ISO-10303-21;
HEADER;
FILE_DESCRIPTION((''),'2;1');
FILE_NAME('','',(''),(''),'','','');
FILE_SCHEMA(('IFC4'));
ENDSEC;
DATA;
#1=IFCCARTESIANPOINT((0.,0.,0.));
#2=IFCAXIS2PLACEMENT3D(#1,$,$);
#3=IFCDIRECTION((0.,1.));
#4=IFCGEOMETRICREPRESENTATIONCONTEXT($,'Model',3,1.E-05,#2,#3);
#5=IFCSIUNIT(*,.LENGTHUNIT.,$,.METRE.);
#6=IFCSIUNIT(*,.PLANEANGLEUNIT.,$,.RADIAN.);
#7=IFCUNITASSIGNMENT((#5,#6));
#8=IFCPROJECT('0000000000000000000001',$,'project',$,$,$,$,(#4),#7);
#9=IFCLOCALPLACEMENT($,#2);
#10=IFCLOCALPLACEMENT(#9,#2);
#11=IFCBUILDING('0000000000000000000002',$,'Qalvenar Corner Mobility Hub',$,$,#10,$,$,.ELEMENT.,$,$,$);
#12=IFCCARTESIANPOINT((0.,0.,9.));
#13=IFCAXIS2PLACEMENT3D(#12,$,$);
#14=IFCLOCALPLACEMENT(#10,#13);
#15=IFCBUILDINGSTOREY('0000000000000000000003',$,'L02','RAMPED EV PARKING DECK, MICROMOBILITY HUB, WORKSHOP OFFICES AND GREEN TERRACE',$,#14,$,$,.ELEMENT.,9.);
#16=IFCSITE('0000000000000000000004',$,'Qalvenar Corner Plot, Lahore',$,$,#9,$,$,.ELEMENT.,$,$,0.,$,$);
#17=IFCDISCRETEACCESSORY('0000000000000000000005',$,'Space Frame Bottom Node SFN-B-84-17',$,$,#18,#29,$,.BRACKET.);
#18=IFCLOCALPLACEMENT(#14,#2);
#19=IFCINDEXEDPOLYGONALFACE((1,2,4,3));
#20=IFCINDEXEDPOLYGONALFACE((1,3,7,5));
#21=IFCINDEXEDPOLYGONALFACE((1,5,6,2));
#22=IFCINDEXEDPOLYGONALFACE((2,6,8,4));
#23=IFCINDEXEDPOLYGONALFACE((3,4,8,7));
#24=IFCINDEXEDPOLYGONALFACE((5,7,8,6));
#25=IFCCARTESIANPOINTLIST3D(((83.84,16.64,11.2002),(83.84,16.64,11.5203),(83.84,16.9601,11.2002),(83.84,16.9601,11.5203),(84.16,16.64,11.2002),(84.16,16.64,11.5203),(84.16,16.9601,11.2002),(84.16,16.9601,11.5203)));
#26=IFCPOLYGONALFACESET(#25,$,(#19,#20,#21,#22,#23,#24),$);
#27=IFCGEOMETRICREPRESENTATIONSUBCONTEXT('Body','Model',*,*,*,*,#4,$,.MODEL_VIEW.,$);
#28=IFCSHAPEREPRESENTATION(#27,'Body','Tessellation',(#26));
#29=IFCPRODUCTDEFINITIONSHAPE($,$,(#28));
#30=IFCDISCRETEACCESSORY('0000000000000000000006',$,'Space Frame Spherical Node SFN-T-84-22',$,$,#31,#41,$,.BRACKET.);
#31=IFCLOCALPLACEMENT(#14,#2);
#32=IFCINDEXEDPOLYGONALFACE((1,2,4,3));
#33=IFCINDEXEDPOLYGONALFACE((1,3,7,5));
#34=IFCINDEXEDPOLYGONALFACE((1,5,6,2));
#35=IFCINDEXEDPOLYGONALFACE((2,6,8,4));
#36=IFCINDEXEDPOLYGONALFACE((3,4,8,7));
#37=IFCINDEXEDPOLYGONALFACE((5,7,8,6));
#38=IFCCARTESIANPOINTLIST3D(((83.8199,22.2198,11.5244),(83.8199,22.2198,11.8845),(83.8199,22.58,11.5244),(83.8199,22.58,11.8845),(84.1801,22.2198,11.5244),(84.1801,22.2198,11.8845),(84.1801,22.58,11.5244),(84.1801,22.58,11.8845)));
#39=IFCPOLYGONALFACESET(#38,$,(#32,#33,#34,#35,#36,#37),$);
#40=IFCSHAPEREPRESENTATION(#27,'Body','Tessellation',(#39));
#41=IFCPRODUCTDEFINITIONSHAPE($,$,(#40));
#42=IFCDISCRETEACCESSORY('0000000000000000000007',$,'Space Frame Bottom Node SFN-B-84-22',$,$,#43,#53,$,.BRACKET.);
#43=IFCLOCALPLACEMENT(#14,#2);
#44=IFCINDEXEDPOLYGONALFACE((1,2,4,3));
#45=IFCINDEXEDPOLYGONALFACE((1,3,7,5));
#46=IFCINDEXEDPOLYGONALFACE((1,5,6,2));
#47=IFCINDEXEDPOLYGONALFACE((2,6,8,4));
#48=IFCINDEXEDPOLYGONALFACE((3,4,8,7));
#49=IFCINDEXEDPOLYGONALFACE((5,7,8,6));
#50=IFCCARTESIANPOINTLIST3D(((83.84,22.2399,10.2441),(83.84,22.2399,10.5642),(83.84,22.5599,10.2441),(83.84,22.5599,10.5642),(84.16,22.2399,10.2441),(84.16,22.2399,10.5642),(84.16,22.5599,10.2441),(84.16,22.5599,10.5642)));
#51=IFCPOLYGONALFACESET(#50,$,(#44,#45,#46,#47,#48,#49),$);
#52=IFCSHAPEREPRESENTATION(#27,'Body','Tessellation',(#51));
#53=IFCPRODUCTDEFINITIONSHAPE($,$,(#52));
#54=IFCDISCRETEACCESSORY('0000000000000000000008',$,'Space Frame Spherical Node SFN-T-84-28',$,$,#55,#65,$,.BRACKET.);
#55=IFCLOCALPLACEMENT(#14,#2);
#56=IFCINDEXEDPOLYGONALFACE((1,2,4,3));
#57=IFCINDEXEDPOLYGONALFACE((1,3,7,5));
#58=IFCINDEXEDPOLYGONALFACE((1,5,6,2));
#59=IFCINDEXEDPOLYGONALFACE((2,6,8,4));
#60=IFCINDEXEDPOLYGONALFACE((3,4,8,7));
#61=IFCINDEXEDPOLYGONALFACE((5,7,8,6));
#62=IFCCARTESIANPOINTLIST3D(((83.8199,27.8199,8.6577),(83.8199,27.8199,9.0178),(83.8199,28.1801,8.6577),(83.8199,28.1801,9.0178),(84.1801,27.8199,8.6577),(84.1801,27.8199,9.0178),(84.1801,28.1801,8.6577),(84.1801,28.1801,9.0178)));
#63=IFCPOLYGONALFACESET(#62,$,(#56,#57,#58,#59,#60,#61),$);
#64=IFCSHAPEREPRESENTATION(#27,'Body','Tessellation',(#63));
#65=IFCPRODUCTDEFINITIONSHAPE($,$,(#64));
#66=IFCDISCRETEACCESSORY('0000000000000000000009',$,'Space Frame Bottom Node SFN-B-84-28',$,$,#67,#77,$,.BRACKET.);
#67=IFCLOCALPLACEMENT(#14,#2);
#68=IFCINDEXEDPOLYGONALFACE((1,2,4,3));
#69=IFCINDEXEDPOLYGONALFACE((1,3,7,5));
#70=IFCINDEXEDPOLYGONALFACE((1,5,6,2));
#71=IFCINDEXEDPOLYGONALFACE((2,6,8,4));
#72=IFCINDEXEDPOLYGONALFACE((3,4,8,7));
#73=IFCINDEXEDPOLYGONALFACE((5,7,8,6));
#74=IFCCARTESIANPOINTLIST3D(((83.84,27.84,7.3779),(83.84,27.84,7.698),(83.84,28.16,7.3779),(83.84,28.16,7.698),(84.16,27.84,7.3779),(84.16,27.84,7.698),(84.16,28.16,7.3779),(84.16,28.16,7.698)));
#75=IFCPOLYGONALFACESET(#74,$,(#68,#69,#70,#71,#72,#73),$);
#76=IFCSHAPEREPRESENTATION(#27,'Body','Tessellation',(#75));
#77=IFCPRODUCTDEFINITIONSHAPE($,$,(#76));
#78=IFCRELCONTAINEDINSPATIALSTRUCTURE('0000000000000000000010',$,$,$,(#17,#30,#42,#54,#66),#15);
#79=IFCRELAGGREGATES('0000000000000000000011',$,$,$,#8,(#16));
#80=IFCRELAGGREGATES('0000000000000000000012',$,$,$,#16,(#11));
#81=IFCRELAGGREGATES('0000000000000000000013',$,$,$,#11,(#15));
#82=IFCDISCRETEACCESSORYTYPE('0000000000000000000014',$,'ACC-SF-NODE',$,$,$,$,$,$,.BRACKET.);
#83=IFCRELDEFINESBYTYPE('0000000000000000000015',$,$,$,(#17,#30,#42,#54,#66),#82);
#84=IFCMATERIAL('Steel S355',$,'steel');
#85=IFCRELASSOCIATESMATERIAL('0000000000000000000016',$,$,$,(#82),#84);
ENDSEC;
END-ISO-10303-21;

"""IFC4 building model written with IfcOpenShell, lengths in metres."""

from ifc_helpers import new_model, si_unit, direction, frame, origin, origin_2d, place, context, subcontext, project, spatial, rectangle, extrude, material, type_object, element, save


model = new_model("IFC4")

# Units and contexts
model_context = context("Model", 3, precision=1e-05, world=origin(), true_north=direction((0.0, 1.0)))
body_context = subcontext(model_context, "Body", "Model", "MODEL_VIEW")
ifc_project = project(units=[si_unit("LENGTHUNIT", "METRE"), si_unit("PLANEANGLEUNIT", "RADIAN")], contexts=[model_context])

# Site, building, storey
site_placement = place(None, origin())
site = spatial("IfcSite", under=ifc_project, at=site_placement, Name="Qalvenar Corner Plot, Lahore", CompositionType="ELEMENT", RefElevation=0.0)
building_placement = place(site_placement, origin())
building = spatial("IfcBuilding", under=site, at=building_placement, Name="Qalvenar Corner Mobility Hub", CompositionType="ELEMENT")
storey_placement = place(building_placement, frame((0.0, 0.0, 9.0)))
storey = spatial("IfcBuildingStorey", under=building, at=storey_placement, Name="L02", Description="RAMPED EV PARKING DECK, MICROMOBILITY HUB, WORKSHOP OFFICES AND GREEN TERRACE", CompositionType="ELEMENT", Elevation=9.0)

# Discrete accessories
ifc_material_1 = material(Name="Steel S355", Category="steel")
discrete_accessory_type = type_object("IfcDiscreteAccessoryType", Name="ACC-SF-NODE", PredefinedType="BRACKET", material=ifc_material_1)
discrete_accessory_1_placement = place(storey_placement, frame((84.0, 16.8, 11.2002), z_axis=(0.0, 0.0, 1.0), x_axis=(1.0, 0.0, 0.0)))
element("IfcDiscreteAccessory", 1, at=discrete_accessory_1_placement, inside=storey, type_object=discrete_accessory_type, Name="Space Frame Bottom Node SFN-B-84-17", PredefinedType="BRACKET", context=body_context, shape_type="SweptSolid", body=[
    extrude(rectangle(XDim=0.3201, YDim=0.3201, at=origin_2d()), origin(), (0.0, 0.0, 1.0), 0.3201),
])
discrete_accessory_2_placement = place(storey_placement, frame((84.0, 22.3999, 11.5244), z_axis=(0.0, 0.0, 1.0), x_axis=(1.0, 0.0, 0.0)))
element("IfcDiscreteAccessory", 2, at=discrete_accessory_2_placement, inside=storey, type_object=discrete_accessory_type, Name="Space Frame Spherical Node SFN-T-84-22", PredefinedType="BRACKET", context=body_context, shape_type="SweptSolid", body=[
    extrude(rectangle(XDim=0.3601, YDim=0.3601, at=origin_2d()), origin(), (0.0, 0.0, 1.0), 0.3601),
])
discrete_accessory_3_placement = place(storey_placement, frame((84.0, 22.3999, 10.2441), z_axis=(0.0, 0.0, 1.0), x_axis=(1.0, 0.0, 0.0)))
element("IfcDiscreteAccessory", 3, at=discrete_accessory_3_placement, inside=storey, type_object=discrete_accessory_type, Name="Space Frame Bottom Node SFN-B-84-22", PredefinedType="BRACKET", context=body_context, shape_type="SweptSolid", body=[
    extrude(rectangle(XDim=0.3201, YDim=0.3201, at=origin_2d()), origin(), (0.0, 0.0, 1.0), 0.3201),
])
discrete_accessory_4_placement = place(storey_placement, frame((84.0, 28.0, 8.6577), z_axis=(0.0, 0.0, 1.0), x_axis=(1.0, 0.0, 0.0)))
element("IfcDiscreteAccessory", 4, at=discrete_accessory_4_placement, inside=storey, type_object=discrete_accessory_type, Name="Space Frame Spherical Node SFN-T-84-28", PredefinedType="BRACKET", context=body_context, shape_type="SweptSolid", body=[
    extrude(rectangle(XDim=0.3601, YDim=0.3601, at=origin_2d()), origin(), (0.0, 0.0, 1.0), 0.3601),
])
discrete_accessory_5_placement = place(storey_placement, frame((84.0, 28.0, 7.3779), z_axis=(0.0, 0.0, 1.0), x_axis=(1.0, 0.0, 0.0)))
element("IfcDiscreteAccessory", 5, at=discrete_accessory_5_placement, inside=storey, type_object=discrete_accessory_type, Name="Space Frame Bottom Node SFN-B-84-28", PredefinedType="BRACKET", context=body_context, shape_type="SweptSolid", body=[
    extrude(rectangle(XDim=0.3201, YDim=0.3201, at=origin_2d()), origin(), (0.0, 0.0, 1.0), 0.3201),
])

save(model, "model.ifc")
